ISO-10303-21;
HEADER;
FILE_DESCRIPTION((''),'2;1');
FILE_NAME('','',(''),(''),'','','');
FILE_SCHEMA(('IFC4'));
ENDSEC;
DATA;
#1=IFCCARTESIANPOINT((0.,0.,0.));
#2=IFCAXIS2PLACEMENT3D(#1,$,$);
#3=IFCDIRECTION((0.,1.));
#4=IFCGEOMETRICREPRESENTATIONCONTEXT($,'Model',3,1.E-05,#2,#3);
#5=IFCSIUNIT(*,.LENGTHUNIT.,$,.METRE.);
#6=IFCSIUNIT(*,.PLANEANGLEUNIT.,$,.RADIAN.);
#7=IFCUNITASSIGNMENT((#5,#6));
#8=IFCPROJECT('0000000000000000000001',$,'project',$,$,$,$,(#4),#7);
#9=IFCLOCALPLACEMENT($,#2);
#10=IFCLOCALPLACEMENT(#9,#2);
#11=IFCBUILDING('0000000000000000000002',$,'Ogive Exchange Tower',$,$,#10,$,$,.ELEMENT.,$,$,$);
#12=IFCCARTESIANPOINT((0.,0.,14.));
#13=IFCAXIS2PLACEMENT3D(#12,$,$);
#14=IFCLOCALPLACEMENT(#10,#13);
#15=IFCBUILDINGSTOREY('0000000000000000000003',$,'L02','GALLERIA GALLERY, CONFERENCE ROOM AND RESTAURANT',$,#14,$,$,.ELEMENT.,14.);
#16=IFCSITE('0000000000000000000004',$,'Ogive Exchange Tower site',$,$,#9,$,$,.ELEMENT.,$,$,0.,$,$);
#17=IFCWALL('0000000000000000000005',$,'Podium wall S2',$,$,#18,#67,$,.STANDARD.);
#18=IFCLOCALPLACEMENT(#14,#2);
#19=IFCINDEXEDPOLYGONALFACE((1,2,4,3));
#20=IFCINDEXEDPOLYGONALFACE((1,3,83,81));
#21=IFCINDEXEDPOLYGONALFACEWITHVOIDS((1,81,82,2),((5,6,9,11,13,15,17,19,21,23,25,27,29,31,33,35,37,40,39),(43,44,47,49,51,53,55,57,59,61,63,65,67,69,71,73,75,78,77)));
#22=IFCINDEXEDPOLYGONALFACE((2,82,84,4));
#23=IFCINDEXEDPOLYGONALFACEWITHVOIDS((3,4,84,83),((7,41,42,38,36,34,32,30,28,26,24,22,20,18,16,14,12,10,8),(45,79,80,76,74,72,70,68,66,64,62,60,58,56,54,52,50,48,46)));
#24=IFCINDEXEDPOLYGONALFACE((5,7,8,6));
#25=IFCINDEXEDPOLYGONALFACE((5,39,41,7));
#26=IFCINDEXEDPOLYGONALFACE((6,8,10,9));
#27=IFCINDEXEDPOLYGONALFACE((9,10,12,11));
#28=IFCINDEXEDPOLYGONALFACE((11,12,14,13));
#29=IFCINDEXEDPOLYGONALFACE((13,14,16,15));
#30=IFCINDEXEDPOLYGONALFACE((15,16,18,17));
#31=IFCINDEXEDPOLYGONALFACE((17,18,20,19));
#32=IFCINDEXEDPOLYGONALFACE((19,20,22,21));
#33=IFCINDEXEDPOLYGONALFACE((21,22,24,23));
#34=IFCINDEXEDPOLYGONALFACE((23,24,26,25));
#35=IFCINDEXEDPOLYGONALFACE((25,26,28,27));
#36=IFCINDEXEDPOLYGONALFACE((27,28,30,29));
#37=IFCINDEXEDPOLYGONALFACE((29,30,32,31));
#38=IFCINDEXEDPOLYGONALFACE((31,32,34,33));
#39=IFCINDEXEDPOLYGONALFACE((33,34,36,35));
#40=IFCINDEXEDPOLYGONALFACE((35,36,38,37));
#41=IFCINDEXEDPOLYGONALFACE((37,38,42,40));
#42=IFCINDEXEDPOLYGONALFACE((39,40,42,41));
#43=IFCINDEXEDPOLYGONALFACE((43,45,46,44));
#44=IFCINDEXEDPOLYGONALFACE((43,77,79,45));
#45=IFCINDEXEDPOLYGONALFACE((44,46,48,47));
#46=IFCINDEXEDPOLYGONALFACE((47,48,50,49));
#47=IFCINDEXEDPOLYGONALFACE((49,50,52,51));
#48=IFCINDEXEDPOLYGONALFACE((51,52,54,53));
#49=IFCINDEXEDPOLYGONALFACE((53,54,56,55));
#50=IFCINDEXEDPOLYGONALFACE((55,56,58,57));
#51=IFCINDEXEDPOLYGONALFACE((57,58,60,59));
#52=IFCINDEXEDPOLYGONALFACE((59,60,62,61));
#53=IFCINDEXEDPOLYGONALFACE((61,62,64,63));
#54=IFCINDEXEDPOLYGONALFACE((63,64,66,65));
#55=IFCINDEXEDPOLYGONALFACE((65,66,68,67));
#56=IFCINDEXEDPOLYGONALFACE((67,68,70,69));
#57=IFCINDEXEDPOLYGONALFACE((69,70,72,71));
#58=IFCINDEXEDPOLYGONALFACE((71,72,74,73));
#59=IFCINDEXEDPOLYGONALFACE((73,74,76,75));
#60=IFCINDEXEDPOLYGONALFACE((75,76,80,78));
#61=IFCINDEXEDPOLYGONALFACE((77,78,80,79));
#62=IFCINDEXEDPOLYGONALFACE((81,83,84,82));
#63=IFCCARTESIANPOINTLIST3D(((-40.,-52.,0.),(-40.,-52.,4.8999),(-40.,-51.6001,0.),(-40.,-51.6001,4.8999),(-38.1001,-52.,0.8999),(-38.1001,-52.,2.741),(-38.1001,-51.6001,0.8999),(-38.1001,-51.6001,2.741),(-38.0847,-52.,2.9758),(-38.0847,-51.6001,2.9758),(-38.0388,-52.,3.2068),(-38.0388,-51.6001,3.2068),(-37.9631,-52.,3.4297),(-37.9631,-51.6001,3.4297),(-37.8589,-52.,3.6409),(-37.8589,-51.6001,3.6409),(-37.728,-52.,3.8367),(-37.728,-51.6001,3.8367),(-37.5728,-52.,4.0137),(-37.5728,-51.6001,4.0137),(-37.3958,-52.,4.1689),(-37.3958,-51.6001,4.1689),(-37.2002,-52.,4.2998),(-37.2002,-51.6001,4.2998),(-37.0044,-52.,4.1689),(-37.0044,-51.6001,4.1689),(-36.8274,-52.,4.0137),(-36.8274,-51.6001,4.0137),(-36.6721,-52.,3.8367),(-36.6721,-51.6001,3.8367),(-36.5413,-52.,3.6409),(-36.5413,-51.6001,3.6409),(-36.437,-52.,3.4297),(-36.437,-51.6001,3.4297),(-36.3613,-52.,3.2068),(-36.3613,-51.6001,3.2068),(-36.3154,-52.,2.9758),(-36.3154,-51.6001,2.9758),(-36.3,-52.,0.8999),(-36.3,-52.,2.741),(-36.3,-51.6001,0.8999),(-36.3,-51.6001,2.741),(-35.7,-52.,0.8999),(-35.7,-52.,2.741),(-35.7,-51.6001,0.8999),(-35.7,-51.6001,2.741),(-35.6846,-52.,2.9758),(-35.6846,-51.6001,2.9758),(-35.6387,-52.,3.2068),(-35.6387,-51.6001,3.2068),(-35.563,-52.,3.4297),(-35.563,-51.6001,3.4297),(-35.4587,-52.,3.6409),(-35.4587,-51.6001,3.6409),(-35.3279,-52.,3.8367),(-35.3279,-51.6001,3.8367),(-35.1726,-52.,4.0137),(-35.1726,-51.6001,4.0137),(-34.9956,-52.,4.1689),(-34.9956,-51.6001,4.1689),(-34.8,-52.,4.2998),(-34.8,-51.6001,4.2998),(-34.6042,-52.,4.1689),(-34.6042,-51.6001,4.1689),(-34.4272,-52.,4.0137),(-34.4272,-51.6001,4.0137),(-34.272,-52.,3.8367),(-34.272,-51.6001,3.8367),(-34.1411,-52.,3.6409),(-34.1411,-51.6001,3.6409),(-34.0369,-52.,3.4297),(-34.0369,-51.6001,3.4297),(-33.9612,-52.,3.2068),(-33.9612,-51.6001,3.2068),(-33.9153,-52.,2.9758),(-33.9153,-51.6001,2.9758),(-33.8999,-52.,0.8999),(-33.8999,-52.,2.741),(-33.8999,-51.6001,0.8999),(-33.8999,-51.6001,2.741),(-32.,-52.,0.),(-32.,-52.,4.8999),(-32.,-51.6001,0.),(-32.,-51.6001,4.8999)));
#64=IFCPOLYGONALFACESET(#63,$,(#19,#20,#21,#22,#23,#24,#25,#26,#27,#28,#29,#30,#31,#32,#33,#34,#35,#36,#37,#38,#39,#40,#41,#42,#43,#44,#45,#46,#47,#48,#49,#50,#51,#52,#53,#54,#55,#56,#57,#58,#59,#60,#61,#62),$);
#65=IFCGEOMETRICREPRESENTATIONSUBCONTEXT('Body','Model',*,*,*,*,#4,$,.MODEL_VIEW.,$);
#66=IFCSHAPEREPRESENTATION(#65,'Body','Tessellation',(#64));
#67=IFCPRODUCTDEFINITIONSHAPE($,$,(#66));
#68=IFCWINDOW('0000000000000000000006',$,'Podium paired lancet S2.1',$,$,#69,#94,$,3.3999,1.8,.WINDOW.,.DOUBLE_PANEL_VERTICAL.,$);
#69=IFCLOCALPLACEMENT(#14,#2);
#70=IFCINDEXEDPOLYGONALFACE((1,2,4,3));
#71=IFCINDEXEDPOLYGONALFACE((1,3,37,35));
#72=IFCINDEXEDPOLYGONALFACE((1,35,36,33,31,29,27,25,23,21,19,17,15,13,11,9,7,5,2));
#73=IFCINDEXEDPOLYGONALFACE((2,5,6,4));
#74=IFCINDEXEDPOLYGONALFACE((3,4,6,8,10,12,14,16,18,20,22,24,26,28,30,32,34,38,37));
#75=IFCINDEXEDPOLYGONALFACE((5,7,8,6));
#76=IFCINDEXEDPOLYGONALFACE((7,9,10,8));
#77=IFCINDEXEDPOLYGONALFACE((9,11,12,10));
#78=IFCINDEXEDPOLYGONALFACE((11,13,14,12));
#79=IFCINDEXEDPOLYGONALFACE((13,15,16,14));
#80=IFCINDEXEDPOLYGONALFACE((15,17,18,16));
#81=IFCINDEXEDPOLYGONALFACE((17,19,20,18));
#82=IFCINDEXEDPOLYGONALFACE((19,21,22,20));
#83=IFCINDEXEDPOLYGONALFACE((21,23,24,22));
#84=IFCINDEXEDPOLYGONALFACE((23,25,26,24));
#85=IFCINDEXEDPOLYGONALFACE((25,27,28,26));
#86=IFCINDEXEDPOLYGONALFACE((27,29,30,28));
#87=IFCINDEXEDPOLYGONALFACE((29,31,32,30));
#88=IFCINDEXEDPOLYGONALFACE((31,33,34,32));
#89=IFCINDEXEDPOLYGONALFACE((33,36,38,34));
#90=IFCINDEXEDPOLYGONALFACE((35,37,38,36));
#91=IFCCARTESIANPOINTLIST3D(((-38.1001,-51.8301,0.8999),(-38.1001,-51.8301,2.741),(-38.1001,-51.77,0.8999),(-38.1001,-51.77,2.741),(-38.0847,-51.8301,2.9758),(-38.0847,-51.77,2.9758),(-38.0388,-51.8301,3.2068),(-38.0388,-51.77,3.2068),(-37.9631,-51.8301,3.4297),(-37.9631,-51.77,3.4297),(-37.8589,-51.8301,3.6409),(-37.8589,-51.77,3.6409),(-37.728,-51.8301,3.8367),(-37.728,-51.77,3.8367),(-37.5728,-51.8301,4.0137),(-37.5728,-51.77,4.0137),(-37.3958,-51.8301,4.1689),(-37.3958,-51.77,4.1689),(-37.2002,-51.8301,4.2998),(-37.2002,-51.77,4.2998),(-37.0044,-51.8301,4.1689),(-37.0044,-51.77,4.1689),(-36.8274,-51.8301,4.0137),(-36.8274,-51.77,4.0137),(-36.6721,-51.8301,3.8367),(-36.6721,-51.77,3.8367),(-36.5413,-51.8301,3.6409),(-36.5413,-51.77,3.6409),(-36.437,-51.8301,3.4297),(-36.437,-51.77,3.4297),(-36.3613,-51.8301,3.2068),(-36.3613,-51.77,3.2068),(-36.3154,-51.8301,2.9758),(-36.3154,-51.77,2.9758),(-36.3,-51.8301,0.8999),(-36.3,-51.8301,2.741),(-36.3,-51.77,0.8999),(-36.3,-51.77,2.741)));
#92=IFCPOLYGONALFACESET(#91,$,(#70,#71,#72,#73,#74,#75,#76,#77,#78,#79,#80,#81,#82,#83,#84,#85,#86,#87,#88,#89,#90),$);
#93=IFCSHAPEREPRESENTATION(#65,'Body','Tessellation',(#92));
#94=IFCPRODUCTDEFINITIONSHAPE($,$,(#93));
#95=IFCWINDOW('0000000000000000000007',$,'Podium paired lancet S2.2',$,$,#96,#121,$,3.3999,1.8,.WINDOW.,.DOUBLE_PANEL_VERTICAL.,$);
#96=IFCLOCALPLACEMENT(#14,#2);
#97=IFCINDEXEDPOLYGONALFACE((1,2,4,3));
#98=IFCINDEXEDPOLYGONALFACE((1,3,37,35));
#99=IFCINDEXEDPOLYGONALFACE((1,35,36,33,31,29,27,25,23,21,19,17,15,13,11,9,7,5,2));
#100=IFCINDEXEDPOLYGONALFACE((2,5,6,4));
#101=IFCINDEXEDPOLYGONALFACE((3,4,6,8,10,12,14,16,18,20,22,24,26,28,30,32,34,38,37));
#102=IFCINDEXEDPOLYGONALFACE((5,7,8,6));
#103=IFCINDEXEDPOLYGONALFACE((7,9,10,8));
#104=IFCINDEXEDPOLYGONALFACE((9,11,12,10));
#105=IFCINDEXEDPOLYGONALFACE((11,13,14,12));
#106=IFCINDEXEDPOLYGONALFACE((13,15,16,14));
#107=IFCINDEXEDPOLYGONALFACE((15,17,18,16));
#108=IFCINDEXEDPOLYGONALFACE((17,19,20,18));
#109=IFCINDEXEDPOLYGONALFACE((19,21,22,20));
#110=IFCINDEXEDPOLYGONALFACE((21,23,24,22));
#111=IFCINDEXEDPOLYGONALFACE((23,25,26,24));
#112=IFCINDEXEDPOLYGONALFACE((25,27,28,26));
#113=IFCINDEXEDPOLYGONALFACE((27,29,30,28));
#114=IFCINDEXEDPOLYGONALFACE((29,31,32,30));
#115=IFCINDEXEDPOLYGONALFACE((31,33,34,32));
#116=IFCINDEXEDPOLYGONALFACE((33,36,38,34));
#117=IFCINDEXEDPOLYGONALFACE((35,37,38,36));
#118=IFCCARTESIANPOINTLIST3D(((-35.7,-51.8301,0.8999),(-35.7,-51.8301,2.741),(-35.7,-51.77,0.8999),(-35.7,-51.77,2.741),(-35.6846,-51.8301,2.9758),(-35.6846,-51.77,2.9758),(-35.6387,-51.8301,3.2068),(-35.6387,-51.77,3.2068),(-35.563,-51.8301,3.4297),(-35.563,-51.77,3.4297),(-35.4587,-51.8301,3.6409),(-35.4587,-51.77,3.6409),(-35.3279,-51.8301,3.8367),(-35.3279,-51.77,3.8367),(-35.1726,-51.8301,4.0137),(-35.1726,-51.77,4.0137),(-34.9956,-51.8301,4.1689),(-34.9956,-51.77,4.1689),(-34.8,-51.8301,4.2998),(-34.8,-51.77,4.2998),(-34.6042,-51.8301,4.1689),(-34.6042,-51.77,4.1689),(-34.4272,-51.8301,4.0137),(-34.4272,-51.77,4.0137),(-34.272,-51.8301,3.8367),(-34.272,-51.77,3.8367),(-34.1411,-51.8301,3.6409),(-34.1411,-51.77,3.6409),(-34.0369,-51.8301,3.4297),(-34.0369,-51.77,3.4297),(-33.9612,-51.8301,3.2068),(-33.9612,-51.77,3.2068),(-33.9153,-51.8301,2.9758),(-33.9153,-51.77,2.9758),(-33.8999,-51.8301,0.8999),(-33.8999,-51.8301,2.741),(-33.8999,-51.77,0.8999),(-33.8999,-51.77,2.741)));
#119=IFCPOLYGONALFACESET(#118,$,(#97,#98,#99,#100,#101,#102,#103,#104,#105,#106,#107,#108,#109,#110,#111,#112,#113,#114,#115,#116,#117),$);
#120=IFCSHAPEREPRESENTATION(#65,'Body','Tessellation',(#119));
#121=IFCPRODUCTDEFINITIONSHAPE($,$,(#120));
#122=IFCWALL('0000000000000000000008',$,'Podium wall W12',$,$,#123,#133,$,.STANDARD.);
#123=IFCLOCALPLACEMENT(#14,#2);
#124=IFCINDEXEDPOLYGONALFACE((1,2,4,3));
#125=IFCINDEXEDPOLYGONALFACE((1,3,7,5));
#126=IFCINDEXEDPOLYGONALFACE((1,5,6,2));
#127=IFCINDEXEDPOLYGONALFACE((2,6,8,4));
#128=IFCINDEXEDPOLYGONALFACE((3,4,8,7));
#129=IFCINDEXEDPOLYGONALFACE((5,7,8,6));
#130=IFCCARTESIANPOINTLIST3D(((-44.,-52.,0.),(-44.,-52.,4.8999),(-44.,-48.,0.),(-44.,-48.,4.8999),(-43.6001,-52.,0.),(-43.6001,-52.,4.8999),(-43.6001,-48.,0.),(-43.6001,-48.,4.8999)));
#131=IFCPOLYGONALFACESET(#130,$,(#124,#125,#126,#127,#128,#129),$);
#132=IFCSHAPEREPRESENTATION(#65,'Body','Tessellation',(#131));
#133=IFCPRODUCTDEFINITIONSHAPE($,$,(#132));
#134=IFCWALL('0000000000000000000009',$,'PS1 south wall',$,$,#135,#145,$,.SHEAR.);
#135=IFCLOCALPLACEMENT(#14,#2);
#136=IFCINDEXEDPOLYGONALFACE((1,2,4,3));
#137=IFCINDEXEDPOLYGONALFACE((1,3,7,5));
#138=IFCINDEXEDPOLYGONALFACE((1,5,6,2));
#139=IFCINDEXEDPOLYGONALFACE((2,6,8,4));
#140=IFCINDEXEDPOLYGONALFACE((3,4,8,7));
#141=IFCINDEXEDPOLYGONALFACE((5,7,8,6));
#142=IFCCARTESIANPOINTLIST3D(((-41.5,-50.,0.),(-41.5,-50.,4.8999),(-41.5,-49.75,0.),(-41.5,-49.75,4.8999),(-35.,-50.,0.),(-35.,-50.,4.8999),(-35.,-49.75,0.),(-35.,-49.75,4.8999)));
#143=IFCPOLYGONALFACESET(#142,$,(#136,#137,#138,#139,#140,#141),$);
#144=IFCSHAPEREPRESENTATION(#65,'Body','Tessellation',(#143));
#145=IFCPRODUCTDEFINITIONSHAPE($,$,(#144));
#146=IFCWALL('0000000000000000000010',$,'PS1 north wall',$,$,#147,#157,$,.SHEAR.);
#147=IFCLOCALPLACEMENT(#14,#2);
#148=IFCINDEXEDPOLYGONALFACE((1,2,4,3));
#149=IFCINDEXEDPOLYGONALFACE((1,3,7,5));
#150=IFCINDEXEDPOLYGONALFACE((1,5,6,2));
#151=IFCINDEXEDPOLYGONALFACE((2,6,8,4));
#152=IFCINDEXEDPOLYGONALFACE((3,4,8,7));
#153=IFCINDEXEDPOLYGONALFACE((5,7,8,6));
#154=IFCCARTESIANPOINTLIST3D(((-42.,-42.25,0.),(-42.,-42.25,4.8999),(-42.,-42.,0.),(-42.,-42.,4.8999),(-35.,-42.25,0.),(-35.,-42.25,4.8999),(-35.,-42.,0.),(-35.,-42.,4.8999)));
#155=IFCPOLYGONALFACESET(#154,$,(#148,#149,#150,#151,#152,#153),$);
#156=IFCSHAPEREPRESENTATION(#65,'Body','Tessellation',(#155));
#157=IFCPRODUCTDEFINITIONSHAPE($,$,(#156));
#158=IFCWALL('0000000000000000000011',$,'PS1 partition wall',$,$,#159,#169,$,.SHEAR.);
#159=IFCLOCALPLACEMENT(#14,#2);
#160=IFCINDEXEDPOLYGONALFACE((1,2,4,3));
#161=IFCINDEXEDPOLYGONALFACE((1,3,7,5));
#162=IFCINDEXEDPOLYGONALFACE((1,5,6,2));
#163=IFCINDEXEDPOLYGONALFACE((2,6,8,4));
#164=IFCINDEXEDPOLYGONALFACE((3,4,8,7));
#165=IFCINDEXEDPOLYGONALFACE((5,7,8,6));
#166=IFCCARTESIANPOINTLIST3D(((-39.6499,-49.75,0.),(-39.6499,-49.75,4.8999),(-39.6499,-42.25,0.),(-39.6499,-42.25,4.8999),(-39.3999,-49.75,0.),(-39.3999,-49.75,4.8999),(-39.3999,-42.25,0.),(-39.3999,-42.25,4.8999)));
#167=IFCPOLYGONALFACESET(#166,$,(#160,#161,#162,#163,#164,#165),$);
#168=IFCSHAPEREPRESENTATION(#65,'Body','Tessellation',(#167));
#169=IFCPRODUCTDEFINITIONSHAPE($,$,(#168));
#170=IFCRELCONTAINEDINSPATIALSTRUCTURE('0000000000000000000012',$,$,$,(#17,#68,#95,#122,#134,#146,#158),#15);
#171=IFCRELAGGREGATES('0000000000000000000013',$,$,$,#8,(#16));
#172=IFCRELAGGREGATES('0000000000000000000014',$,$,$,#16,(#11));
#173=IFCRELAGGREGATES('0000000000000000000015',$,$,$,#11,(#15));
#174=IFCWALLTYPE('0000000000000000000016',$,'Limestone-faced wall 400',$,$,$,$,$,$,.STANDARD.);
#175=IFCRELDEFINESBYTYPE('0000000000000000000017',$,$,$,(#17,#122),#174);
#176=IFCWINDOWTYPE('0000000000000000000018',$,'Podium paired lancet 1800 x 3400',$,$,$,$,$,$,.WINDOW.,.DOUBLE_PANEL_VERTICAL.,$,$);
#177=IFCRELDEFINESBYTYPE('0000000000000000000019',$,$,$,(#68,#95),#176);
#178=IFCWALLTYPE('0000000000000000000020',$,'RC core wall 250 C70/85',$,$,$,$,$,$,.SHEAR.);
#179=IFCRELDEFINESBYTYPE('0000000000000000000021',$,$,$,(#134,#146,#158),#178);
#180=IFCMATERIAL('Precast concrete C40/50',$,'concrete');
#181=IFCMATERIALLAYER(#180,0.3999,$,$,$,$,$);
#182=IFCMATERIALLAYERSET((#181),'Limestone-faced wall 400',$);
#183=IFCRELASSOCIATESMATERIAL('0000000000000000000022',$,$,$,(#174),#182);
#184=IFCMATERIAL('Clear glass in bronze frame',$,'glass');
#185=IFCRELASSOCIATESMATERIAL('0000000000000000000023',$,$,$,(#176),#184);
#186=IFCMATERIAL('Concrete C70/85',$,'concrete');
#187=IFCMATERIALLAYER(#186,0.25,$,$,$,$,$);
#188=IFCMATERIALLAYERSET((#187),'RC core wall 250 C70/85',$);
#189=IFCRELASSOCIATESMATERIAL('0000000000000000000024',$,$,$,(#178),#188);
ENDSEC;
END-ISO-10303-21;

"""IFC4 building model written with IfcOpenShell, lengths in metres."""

from ifc_helpers import new_model, si_unit, direction, frame, frame_2d, origin, place, context, subcontext, project, spatial, polyline, rectangle, outline, extrude, material, layer, layer_set, type_object, element, fill, save


model = new_model("IFC4")

# Units and contexts
model_context = context("Model", 3, precision=1e-05, world=origin(), true_north=direction((0.0, 1.0)))
body_context = subcontext(model_context, "Body", "Model", "MODEL_VIEW")
ifc_project = project(units=[si_unit("LENGTHUNIT", "METRE"), si_unit("PLANEANGLEUNIT", "RADIAN")], contexts=[model_context])

# Site, building, storey
site_placement = place(None, origin())
site = spatial("IfcSite", under=ifc_project, at=site_placement, Name="Ogive Exchange Tower site", CompositionType="ELEMENT", RefElevation=0.0)
building_placement = place(site_placement, origin())
building = spatial("IfcBuilding", under=site, at=building_placement, Name="Ogive Exchange Tower", CompositionType="ELEMENT")
storey_placement = place(building_placement, frame((0.0, 0.0, 14.0)))
storey = spatial("IfcBuildingStorey", under=building, at=storey_placement, Name="L02", Description="GALLERIA GALLERY, CONFERENCE ROOM AND RESTAURANT", CompositionType="ELEMENT", Elevation=14.0)

# Shared definitions
ifc_material_1 = material(Name="Concrete C70/85", Category="concrete")

# Shared definitions
ifc_material_2 = material(Name="Precast concrete C40/50", Category="concrete")
ifc_layer_1 = layer(ifc_material_2, 0.3999)
ifc_layer_set_1 = layer_set([ifc_layer_1], Name="Limestone-faced wall 400")
wall_type_1 = type_object("IfcWallType", Name="Limestone-faced wall 400", PredefinedType="STANDARD", material=ifc_layer_set_1)

# Wall, openings, windows
wall_1_placement = place(storey_placement, frame((-40.0, -51.8, 0.0), z_axis=(0.0, 0.0, 1.0), x_axis=(1.0, 0.0, 0.0)))
wall_1 = element("IfcWall", 1, at=wall_1_placement, inside=storey, type_object=wall_type_1, Name="Podium wall S2", PredefinedType="STANDARD", context=body_context, shape_type="SweptSolid", body=[
    extrude(rectangle(XDim=8.0, YDim=0.3999, at=frame_2d((4.0, 0.0))), origin(), (0.0, 0.0, 1.0), 4.8999),
])
opening_1_placement = place(wall_1_placement, frame((1.8999, 0.0, 0.8999)))
opening_1 = element("IfcOpeningElement", 2, at=opening_1_placement, cuts=wall_1, PredefinedType="OPENING", context=body_context, shape_type="SweptSolid", body=[
    extrude(outline(polyline([(0.0, 0.0), (1.8, 0.0), (1.8, 1.8411), (1.7847, 2.0759), (1.7388, 2.3069), (1.6631, 2.5298), (1.5588, 2.741), (1.428, 2.9368), (1.2727, 3.1138), (1.0957, 3.269), (0.8999, 3.3999), (0.7043, 3.269), (0.5273, 3.1138), (0.3721, 2.9368), (0.2412, 2.741), (0.137, 2.5298), (0.0613, 2.3069), (0.0154, 2.0759), (0.0, 1.8411), (0.0, 0.0)])), frame((0.0, 0.21, 0.0), z_axis=(0.0, -1.0, 0.0), x_axis=(1.0, 0.0, 0.0)), (0.0, 0.0, 1.0), 0.4199),
])
opening_2_placement = place(wall_1_placement, frame((4.3, 0.0, 0.8999)))
opening_2 = element("IfcOpeningElement", 3, at=opening_2_placement, cuts=wall_1, PredefinedType="OPENING", context=body_context, shape_type="SweptSolid", body=[
    extrude(outline(polyline([(0.0, 0.0), (1.8, 0.0), (1.8, 1.8411), (1.7847, 2.0759), (1.7388, 2.3069), (1.6631, 2.5298), (1.5588, 2.741), (1.428, 2.9368), (1.2727, 3.1138), (1.0957, 3.269), (0.8999, 3.3999), (0.7043, 3.269), (0.5273, 3.1138), (0.3721, 2.9368), (0.2412, 2.741), (0.137, 2.5298), (0.0613, 2.3069), (0.0154, 2.0759), (0.0, 1.8411), (0.0, 0.0)])), frame((0.0, 0.21, 0.0), z_axis=(0.0, -1.0, 0.0), x_axis=(1.0, 0.0, 0.0)), (0.0, 0.0, 1.0), 0.4199),
])
ifc_material_3 = material(Name="Clear glass in bronze frame", Category="glass")
window_type = type_object("IfcWindowType", Name="Podium paired lancet 1800 x 3400", PartitioningType="DOUBLE_PANEL_VERTICAL", PredefinedType="WINDOW", material=ifc_material_3)
window_1_placement = place(opening_1_placement, origin())
window_1 = element("IfcWindow", 4, at=window_1_placement, inside=storey, type_object=window_type, Name="Podium paired lancet S2.1", OverallHeight=3.3999, OverallWidth=1.8, PartitioningType="DOUBLE_PANEL_VERTICAL", PredefinedType="WINDOW", context=body_context, shape_type="SweptSolid", body=[
    extrude(outline(polyline([(0.0, 0.0), (1.8, 0.0), (1.8, 1.8411), (1.7847, 2.0759), (1.7388, 2.3069), (1.6631, 2.5298), (1.5588, 2.741), (1.428, 2.9368), (1.2727, 3.1138), (1.0957, 3.269), (0.8999, 3.3999), (0.7043, 3.269), (0.5273, 3.1138), (0.3721, 2.9368), (0.2412, 2.741), (0.137, 2.5298), (0.0613, 2.3069), (0.0154, 2.0759), (0.0, 1.8411), (0.0, 0.0)])), frame((0.0, 0.03, 0.0), z_axis=(0.0, -1.0, 0.0), x_axis=(1.0, 0.0, 0.0)), (0.0, 0.0, 1.0), 0.0601),
])
fill(opening_1, window_1)
window_2_placement = place(opening_2_placement, origin())
window_2 = element("IfcWindow", 5, at=window_2_placement, inside=storey, type_object=window_type, Name="Podium paired lancet S2.2", OverallHeight=3.3999, OverallWidth=1.8, PartitioningType="DOUBLE_PANEL_VERTICAL", PredefinedType="WINDOW", context=body_context, shape_type="SweptSolid", body=[
    extrude(outline(polyline([(0.0, 0.0), (1.8, 0.0), (1.8, 1.8411), (1.7847, 2.0759), (1.7388, 2.3069), (1.6631, 2.5298), (1.5588, 2.741), (1.428, 2.9368), (1.2727, 3.1138), (1.0957, 3.269), (0.8999, 3.3999), (0.7043, 3.269), (0.5273, 3.1138), (0.3721, 2.9368), (0.2412, 2.741), (0.137, 2.5298), (0.0613, 2.3069), (0.0154, 2.0759), (0.0, 1.8411), (0.0, 0.0)])), frame((0.0, 0.03, 0.0), z_axis=(0.0, -1.0, 0.0), x_axis=(1.0, 0.0, 0.0)), (0.0, 0.0, 1.0), 0.0601),
])
fill(opening_2, window_2)

# Walls
wall_2_placement = place(storey_placement, frame((-43.8, -48.0, 0.0), z_axis=(0.0, 0.0, 1.0), x_axis=(0.0, -1.0, 0.0)))
element("IfcWall", 6, at=wall_2_placement, inside=storey, type_object=wall_type_1, Name="Podium wall W12", PredefinedType="STANDARD", context=body_context, shape_type="SweptSolid", body=[
    extrude(rectangle(XDim=4.0, YDim=0.3999, at=frame_2d((2.0, 0.0))), origin(), (0.0, 0.0, 1.0), 4.8999),
])
ifc_layer_2 = layer(ifc_material_1, 0.25)
ifc_layer_set_2 = layer_set([ifc_layer_2], Name="RC core wall 250 C70/85")
wall_type_2 = type_object("IfcWallType", Name="RC core wall 250 C70/85", PredefinedType="SHEAR", material=ifc_layer_set_2)
wall_3_placement = place(storey_placement, frame((-41.5, -49.875, 0.0), z_axis=(0.0, 0.0, 1.0), x_axis=(1.0, 0.0, 0.0)))
element("IfcWall", 7, at=wall_3_placement, inside=storey, type_object=wall_type_2, Name="PS1 south wall", PredefinedType="SHEAR", context=body_context, shape_type="SweptSolid", body=[
    extrude(rectangle(XDim=6.5, YDim=0.25, at=frame_2d((3.25, 0.0))), origin(), (0.0, 0.0, 1.0), 4.8999),
])
wall_4_placement = place(storey_placement, frame((-42.0, -42.125, 0.0), z_axis=(0.0, 0.0, 1.0), x_axis=(1.0, 0.0, 0.0)))
element("IfcWall", 8, at=wall_4_placement, inside=storey, type_object=wall_type_2, Name="PS1 north wall", PredefinedType="SHEAR", context=body_context, shape_type="SweptSolid", body=[
    extrude(rectangle(XDim=7.0, YDim=0.25, at=frame_2d((3.5, 0.0))), origin(), (0.0, 0.0, 1.0), 4.8999),
])
wall_5_placement = place(storey_placement, frame((-39.5249, -49.75, 0.0), z_axis=(0.0, 0.0, 1.0), x_axis=(0.0, 1.0, 0.0)))
element("IfcWall", 9, at=wall_5_placement, inside=storey, type_object=wall_type_2, Name="PS1 partition wall", PredefinedType="SHEAR", context=body_context, shape_type="SweptSolid", body=[
    extrude(rectangle(XDim=7.5, YDim=0.25, at=frame_2d((3.75, 0.0))), origin(), (0.0, 0.0, 1.0), 4.8999),
])

save(model, "model.ifc")
